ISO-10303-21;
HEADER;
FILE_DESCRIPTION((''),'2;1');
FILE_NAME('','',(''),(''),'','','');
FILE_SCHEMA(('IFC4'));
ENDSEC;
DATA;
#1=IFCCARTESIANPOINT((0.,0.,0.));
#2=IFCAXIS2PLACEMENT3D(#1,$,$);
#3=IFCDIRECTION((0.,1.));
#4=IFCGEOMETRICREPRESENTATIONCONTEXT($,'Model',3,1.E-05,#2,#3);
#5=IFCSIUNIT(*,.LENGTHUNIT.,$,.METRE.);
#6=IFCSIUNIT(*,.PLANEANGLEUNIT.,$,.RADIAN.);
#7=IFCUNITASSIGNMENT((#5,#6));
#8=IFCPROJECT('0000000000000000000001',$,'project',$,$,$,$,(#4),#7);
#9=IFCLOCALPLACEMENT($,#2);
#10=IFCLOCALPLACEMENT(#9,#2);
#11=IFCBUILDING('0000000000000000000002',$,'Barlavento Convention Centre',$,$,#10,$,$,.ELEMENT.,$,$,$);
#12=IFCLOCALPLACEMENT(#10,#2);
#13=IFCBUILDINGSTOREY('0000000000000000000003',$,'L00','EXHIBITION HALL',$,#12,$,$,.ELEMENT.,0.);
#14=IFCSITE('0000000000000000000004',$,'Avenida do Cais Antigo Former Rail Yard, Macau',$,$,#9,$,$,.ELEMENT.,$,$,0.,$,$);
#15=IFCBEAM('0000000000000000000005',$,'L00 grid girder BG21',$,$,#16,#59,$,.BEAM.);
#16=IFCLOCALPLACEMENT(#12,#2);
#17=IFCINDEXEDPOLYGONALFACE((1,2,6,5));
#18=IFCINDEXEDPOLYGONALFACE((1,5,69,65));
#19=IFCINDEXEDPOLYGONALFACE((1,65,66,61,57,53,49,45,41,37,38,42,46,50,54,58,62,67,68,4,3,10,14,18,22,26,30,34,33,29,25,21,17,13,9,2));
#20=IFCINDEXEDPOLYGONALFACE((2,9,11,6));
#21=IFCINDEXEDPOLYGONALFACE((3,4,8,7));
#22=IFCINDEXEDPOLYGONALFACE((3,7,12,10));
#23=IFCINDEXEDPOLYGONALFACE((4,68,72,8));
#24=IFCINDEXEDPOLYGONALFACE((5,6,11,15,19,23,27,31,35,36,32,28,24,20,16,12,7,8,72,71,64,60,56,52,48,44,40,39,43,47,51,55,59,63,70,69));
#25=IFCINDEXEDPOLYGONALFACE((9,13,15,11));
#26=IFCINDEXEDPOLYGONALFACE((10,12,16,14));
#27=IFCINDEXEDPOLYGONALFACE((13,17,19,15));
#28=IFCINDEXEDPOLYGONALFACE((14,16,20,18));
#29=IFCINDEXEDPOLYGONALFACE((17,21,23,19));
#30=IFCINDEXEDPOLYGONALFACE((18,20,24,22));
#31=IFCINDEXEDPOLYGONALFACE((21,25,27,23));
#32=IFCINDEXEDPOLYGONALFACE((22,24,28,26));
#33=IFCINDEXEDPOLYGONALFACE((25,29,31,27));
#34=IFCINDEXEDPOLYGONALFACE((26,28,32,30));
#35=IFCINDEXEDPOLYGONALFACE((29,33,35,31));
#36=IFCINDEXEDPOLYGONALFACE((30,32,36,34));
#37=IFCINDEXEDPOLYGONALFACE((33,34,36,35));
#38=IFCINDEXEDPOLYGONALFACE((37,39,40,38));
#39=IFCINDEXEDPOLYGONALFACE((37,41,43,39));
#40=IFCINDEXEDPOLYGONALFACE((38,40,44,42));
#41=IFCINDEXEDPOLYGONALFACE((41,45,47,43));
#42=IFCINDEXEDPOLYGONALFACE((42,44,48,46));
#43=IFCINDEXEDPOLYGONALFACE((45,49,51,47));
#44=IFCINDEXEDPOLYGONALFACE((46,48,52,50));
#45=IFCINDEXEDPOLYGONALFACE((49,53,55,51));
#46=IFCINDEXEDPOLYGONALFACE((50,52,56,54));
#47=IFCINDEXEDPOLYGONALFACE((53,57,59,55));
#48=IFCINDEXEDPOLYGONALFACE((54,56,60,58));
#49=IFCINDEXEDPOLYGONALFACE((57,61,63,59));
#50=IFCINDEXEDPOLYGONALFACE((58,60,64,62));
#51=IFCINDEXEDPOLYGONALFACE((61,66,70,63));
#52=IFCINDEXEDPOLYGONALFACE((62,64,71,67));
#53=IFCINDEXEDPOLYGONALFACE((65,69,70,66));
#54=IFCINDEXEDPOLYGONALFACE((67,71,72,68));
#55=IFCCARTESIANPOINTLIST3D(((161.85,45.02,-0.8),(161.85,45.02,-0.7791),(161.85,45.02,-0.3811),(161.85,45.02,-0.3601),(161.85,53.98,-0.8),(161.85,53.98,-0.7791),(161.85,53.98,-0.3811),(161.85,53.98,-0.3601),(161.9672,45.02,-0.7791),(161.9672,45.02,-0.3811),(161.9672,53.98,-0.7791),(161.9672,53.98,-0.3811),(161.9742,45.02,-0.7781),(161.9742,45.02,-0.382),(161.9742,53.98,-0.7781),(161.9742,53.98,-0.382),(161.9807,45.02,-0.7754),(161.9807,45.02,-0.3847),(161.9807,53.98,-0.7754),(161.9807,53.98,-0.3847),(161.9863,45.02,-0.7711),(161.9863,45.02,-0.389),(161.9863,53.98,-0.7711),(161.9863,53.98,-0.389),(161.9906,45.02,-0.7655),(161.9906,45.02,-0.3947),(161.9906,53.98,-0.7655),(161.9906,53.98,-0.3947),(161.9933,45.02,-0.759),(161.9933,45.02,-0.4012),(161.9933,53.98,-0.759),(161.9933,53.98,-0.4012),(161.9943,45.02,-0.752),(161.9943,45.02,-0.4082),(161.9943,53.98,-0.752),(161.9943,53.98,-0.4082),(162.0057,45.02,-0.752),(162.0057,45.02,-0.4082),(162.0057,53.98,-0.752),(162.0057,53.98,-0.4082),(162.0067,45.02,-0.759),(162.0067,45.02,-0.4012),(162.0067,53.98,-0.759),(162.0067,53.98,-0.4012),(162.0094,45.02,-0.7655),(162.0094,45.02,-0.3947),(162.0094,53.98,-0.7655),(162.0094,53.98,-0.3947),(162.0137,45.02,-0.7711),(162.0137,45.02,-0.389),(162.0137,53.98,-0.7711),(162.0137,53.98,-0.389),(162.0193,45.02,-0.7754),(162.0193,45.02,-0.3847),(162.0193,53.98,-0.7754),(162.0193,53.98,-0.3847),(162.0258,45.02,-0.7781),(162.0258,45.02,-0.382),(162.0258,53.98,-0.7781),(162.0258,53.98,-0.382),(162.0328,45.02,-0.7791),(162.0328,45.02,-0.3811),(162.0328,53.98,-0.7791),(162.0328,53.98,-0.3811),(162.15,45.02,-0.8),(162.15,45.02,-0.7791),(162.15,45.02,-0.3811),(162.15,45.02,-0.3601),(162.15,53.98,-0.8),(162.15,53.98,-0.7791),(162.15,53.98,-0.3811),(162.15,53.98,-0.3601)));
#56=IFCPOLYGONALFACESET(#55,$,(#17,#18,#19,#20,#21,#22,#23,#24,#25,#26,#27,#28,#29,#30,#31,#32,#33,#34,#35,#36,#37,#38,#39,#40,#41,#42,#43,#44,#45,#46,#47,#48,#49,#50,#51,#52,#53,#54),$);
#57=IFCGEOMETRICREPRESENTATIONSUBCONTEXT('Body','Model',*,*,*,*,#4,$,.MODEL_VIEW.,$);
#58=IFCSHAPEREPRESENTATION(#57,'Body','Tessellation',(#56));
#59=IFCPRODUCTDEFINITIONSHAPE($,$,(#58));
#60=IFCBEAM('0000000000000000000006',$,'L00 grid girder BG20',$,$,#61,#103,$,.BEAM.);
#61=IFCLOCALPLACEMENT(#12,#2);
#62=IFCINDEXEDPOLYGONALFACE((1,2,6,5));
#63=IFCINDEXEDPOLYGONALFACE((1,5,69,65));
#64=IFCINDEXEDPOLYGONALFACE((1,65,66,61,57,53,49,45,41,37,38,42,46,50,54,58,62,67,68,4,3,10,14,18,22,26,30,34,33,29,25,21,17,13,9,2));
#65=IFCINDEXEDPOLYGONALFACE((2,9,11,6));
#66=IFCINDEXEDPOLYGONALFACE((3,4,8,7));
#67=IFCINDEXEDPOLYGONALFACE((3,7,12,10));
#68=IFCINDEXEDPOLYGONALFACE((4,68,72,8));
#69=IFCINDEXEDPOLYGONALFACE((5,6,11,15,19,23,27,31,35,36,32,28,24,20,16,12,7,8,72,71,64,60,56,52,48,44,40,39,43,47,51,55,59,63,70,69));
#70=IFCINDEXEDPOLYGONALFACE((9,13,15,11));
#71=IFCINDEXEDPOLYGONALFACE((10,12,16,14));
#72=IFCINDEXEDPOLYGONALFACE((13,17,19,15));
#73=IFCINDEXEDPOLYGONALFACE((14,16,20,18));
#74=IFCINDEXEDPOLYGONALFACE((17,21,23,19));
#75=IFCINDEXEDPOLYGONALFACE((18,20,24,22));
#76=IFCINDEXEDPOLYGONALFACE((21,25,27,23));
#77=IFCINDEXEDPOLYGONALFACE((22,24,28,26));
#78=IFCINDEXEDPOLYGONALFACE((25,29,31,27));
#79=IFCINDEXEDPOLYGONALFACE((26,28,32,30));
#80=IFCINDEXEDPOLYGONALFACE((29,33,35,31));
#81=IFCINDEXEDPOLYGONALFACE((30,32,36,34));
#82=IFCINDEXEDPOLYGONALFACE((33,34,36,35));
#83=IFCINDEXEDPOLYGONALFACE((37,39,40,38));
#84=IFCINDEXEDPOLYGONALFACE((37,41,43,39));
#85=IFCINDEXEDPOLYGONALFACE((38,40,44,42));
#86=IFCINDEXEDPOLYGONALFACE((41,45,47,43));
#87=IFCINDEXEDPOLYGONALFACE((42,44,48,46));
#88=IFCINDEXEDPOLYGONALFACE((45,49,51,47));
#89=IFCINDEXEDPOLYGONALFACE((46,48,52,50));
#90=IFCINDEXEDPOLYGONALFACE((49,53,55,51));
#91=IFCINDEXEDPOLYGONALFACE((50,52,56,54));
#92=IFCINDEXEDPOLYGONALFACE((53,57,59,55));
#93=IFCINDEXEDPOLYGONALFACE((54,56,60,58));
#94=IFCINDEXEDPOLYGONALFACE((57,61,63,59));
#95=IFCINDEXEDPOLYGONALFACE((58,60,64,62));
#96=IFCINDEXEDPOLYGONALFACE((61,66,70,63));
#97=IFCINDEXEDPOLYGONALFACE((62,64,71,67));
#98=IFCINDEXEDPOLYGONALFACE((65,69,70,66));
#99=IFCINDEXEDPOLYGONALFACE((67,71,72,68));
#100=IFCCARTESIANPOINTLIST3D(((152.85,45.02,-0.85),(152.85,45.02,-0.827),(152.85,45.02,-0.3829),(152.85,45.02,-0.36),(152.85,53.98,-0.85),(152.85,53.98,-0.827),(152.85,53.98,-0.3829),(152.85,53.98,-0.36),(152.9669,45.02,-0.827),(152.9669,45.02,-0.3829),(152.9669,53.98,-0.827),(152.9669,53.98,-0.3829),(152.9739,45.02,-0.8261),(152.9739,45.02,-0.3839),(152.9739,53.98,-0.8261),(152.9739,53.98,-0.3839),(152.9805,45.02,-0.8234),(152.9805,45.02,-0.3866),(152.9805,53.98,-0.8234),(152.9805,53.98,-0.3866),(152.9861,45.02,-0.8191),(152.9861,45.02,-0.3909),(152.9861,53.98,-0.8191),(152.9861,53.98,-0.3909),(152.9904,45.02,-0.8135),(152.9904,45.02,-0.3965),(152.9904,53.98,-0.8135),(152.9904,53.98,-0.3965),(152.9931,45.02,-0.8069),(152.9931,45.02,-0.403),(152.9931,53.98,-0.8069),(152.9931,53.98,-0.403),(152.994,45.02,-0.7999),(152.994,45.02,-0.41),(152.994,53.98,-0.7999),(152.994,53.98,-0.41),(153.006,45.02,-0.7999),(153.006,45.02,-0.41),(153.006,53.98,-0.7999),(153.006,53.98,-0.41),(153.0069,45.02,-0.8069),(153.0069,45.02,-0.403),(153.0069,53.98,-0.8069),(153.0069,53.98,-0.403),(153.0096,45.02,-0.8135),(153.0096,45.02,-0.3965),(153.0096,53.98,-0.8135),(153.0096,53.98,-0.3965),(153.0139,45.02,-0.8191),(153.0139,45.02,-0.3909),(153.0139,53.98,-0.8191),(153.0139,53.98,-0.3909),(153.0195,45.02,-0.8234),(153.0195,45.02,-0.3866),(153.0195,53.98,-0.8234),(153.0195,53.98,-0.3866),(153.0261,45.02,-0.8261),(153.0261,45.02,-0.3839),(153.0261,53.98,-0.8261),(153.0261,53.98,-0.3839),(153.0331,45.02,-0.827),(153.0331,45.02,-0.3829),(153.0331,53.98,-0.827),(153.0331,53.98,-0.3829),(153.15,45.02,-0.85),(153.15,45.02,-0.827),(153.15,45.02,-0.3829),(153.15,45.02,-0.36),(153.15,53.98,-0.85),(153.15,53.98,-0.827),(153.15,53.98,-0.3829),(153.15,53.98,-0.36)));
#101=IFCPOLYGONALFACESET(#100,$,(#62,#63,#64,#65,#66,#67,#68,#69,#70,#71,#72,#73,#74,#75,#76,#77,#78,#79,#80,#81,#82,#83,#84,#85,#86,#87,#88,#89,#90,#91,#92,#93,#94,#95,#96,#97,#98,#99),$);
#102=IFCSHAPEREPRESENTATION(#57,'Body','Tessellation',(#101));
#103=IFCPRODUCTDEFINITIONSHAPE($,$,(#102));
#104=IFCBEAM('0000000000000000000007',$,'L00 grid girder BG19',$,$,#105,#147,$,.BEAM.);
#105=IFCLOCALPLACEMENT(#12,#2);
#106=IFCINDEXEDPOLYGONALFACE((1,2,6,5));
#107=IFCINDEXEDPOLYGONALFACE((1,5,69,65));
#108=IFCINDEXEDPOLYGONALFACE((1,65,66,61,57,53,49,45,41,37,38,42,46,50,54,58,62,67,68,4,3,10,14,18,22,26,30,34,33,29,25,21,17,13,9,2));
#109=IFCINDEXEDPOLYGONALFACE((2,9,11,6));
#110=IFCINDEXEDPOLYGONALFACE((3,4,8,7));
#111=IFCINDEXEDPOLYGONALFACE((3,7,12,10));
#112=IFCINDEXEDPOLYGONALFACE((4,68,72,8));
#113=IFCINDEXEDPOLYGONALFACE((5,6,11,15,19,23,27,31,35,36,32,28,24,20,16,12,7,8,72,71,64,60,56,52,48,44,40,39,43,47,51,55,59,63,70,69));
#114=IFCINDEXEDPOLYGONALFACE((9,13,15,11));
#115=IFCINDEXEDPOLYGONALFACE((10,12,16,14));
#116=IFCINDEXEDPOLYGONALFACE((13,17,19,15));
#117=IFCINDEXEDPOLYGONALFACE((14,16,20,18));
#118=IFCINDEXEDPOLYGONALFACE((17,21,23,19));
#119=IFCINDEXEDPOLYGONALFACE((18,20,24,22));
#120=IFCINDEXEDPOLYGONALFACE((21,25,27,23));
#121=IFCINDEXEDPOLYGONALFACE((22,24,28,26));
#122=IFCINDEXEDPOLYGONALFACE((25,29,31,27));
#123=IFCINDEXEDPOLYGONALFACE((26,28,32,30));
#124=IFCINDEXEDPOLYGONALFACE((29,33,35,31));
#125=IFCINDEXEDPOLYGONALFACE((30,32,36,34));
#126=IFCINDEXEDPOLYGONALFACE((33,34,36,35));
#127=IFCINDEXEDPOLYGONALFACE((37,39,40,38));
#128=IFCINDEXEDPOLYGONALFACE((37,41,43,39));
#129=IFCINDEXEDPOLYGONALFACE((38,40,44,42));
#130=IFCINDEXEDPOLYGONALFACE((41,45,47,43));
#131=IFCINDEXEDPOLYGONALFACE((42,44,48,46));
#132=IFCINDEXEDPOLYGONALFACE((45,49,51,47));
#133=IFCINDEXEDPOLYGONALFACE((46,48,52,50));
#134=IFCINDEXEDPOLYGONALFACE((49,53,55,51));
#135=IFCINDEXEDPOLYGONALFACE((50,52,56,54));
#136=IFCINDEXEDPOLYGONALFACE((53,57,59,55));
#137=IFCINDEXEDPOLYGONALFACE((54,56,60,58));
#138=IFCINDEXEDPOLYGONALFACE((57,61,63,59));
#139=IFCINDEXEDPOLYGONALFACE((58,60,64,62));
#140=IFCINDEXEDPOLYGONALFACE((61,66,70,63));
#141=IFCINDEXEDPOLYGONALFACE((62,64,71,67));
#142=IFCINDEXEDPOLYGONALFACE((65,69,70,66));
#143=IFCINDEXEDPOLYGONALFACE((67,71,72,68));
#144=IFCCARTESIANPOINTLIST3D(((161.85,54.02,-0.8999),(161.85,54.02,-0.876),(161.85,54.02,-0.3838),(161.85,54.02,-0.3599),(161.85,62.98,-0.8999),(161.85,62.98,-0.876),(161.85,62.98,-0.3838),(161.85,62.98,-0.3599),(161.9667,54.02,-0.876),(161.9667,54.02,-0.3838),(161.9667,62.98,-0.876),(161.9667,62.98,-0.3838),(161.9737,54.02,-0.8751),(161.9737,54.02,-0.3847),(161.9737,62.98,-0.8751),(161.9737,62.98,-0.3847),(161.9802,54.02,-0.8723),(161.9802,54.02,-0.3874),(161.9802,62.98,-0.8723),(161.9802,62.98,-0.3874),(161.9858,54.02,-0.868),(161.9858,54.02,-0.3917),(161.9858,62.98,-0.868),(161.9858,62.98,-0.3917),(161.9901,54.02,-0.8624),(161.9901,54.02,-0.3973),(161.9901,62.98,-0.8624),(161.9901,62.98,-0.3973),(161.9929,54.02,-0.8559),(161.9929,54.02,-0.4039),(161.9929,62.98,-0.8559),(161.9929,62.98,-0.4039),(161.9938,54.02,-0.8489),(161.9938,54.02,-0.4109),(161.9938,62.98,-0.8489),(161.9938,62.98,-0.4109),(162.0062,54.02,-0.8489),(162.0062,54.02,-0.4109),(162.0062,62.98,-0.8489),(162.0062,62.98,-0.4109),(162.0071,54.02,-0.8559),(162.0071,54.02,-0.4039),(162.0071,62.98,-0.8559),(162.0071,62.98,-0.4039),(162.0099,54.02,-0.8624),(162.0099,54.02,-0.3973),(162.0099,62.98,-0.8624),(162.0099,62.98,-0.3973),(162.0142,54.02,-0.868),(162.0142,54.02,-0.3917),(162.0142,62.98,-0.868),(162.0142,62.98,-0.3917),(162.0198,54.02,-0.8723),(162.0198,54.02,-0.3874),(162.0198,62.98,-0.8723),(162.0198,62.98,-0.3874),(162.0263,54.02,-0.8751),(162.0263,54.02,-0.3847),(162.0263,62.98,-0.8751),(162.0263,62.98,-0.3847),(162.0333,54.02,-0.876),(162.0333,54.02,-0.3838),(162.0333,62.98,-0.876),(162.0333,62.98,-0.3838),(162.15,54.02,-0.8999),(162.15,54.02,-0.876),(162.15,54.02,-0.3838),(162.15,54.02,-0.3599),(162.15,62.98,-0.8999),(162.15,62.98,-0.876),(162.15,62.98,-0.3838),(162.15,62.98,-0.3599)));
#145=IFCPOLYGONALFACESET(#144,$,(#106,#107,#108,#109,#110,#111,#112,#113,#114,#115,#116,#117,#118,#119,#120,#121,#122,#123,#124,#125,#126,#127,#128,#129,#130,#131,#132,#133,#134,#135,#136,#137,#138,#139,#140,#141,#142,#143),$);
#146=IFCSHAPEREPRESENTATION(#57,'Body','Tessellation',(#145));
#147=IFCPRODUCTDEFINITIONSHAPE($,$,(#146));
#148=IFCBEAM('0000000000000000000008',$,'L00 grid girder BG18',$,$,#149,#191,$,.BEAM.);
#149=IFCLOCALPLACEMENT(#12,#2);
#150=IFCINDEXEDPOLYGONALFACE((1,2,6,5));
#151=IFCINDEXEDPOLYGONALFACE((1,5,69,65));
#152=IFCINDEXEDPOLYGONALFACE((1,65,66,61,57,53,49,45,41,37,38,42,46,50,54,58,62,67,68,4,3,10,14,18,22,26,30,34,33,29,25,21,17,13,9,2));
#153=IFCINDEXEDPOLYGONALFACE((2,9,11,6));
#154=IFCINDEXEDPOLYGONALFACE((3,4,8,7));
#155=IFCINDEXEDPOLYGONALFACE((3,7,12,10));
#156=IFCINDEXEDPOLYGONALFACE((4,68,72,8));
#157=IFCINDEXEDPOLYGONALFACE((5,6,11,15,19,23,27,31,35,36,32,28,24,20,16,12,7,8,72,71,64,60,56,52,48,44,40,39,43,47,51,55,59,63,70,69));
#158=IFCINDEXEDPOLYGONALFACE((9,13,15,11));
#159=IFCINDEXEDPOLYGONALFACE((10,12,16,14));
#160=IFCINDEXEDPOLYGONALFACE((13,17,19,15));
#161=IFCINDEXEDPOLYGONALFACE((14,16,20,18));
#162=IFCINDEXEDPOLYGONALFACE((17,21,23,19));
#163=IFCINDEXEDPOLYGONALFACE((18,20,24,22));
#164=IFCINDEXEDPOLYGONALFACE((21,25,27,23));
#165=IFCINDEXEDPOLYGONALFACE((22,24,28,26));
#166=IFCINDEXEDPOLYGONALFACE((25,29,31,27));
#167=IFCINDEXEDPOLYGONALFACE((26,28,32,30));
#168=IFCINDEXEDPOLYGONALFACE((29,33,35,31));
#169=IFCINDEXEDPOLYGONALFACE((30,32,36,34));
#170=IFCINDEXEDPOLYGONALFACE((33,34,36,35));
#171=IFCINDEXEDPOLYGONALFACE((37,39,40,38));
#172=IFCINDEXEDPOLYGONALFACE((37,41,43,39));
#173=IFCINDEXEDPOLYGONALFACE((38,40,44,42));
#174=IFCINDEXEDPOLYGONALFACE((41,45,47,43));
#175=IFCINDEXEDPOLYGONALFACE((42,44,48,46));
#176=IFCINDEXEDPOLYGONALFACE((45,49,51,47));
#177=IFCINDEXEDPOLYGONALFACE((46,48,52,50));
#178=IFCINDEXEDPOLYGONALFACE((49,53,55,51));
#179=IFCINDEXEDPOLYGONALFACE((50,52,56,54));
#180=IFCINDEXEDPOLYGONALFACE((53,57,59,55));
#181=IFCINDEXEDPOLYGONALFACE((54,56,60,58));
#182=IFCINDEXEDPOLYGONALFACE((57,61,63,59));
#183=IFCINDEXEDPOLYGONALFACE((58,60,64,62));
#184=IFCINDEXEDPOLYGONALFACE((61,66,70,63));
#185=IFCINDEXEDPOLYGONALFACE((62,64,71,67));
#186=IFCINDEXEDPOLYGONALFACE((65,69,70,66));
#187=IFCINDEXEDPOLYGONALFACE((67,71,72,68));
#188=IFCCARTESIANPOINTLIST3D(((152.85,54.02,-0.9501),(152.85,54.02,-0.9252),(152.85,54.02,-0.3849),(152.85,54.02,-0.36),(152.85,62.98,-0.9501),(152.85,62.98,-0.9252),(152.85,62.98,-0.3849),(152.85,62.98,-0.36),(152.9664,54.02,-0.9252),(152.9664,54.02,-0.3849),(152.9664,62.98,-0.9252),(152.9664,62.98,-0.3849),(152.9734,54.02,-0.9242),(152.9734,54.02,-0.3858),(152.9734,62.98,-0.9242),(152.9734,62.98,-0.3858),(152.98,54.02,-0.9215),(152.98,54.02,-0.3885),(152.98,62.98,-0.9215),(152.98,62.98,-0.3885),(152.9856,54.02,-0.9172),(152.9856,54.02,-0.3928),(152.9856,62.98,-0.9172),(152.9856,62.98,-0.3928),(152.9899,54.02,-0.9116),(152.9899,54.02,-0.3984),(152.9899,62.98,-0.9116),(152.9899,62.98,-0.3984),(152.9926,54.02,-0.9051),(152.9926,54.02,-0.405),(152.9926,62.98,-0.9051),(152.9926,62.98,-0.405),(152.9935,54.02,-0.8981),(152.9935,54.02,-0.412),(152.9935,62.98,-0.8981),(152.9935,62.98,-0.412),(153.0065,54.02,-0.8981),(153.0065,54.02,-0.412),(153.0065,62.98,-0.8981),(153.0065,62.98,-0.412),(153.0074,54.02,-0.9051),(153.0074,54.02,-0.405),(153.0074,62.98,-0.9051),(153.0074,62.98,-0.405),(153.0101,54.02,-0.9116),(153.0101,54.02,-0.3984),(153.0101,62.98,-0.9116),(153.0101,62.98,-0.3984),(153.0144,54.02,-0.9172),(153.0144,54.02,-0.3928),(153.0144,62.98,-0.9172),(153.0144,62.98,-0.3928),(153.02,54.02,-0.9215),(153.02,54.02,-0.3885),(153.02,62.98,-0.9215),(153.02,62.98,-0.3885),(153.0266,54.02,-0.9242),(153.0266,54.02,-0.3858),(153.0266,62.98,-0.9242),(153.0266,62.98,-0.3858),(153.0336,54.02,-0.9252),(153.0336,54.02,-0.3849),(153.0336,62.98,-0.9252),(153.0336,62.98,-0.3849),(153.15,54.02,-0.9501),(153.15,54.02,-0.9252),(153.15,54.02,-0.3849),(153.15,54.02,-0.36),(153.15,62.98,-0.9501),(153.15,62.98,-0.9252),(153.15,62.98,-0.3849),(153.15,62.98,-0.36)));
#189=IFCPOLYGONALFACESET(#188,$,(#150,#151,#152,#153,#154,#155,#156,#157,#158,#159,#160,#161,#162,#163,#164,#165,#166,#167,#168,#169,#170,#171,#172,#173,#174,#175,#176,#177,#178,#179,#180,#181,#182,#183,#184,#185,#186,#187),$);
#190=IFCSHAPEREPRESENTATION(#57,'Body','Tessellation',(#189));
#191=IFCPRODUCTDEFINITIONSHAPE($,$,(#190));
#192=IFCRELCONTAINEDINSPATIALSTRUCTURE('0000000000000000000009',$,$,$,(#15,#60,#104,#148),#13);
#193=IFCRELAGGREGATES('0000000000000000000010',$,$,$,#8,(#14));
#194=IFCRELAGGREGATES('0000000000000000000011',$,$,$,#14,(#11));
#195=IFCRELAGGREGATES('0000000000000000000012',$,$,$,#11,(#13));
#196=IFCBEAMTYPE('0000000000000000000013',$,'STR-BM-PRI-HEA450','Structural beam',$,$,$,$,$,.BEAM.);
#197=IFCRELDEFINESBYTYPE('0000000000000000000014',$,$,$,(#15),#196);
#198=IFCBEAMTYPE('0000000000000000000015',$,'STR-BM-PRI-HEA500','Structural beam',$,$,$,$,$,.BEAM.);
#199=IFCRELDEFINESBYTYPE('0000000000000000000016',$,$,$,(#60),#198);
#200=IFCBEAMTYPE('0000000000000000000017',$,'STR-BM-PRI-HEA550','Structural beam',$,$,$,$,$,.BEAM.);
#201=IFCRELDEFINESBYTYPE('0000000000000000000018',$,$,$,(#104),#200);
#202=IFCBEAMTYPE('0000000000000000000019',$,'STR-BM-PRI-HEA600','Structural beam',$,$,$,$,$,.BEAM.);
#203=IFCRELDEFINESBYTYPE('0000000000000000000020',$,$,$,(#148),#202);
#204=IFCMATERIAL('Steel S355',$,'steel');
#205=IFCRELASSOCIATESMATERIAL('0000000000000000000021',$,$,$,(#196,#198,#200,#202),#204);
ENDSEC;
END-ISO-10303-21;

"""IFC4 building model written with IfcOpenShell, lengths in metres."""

from ifc_helpers import new_model, si_unit, direction, frame, origin, origin_2d, place, context, subcontext, project, spatial, i_section, extrude, material, material_profile, profile_set, type_object, element, save


model = new_model("IFC4")

# Units and contexts
model_context = context("Model", 3, precision=1e-05, world=origin(), true_north=direction((0.0, 1.0)))
body_context = subcontext(model_context, "Body", "Model", "MODEL_VIEW")
ifc_project = project(units=[si_unit("LENGTHUNIT", "METRE"), si_unit("PLANEANGLEUNIT", "RADIAN")], contexts=[model_context])

# Site, building, storey
site_placement = place(None, origin())
site = spatial("IfcSite", under=ifc_project, at=site_placement, Name="Avenida do Cais Antigo Former Rail Yard, Macau", CompositionType="ELEMENT", RefElevation=0.0)
building_placement = place(site_placement, origin())
building = spatial("IfcBuilding", under=site, at=building_placement, Name="Barlavento Convention Centre", CompositionType="ELEMENT")
storey_placement = place(building_placement, origin())
storey = spatial("IfcBuildingStorey", under=building, at=storey_placement, Name="L00", Description="EXHIBITION HALL", CompositionType="ELEMENT", Elevation=0.0)

# Beams
ifc_material_1 = material(Name="Steel S355", Category="steel")
ifc_material_profile_1 = material_profile(ifc_material_1, i_section(OverallWidth=0.3, OverallDepth=0.4399, WebThickness=0.0115, FlangeThickness=0.021, FilletRadius=0.0271, at=origin_2d()), Name="HEA 450")
ifc_profile_set_1 = profile_set([ifc_material_profile_1], Name="Steel S355")
beam_type_1 = type_object("IfcBeamType", Name="STR-BM-PRI-HEA450", Description="Structural beam", PredefinedType="BEAM", material=ifc_profile_set_1)
beam_1_placement = place(storey_placement, frame((162.0, 45.02, -0.5801), z_axis=(0.0, 1.0, 0.0), x_axis=(-1.0, 0.0, 0.0)))
element("IfcBeam", 1, at=beam_1_placement, inside=storey, type_object=beam_type_1, Name="L00 grid girder BG21", PredefinedType="BEAM", context=body_context, shape_type="SweptSolid", body=[
    extrude(i_section(OverallWidth=0.3, OverallDepth=0.4399, WebThickness=0.0115, FlangeThickness=0.021, FilletRadius=0.0271, at=origin_2d()), origin(), (0.0, 0.0, 1.0), 8.96),
])
ifc_material_profile_2 = material_profile(ifc_material_1, i_section(OverallWidth=0.3, OverallDepth=0.49, WebThickness=0.012, FlangeThickness=0.0229, FilletRadius=0.0271, at=origin_2d()), Name="HEA 500")
ifc_profile_set_2 = profile_set([ifc_material_profile_2], Name="Steel S355")
beam_type_2 = type_object("IfcBeamType", Name="STR-BM-PRI-HEA500", Description="Structural beam", PredefinedType="BEAM", material=ifc_profile_set_2)
beam_2_placement = place(storey_placement, frame((153.0, 45.02, -0.605), z_axis=(0.0, 1.0, 0.0), x_axis=(-1.0, 0.0, 0.0)))
element("IfcBeam", 2, at=beam_2_placement, inside=storey, type_object=beam_type_2, Name="L00 grid girder BG20", PredefinedType="BEAM", context=body_context, shape_type="SweptSolid", body=[
    extrude(i_section(OverallWidth=0.3, OverallDepth=0.49, WebThickness=0.012, FlangeThickness=0.0229, FilletRadius=0.0271, at=origin_2d()), origin(), (0.0, 0.0, 1.0), 8.96),
])
ifc_material_profile_3 = material_profile(ifc_material_1, i_section(OverallWidth=0.3, OverallDepth=0.54, WebThickness=0.0125, FlangeThickness=0.0239, FilletRadius=0.0271, at=origin_2d()), Name="HEA 550")
ifc_profile_set_3 = profile_set([ifc_material_profile_3], Name="Steel S355")
beam_type_3 = type_object("IfcBeamType", Name="STR-BM-PRI-HEA550", Description="Structural beam", PredefinedType="BEAM", material=ifc_profile_set_3)
beam_3_placement = place(storey_placement, frame((162.0, 54.02, -0.6299), z_axis=(0.0, 1.0, 0.0), x_axis=(-1.0, 0.0, 0.0)))
element("IfcBeam", 3, at=beam_3_placement, inside=storey, type_object=beam_type_3, Name="L00 grid girder BG19", PredefinedType="BEAM", context=body_context, shape_type="SweptSolid", body=[
    extrude(i_section(OverallWidth=0.3, OverallDepth=0.54, WebThickness=0.0125, FlangeThickness=0.0239, FilletRadius=0.0271, at=origin_2d()), origin(), (0.0, 0.0, 1.0), 8.96),
])
ifc_material_profile_4 = material_profile(ifc_material_1, i_section(OverallWidth=0.3, OverallDepth=0.5901, WebThickness=0.0129, FlangeThickness=0.0249, FilletRadius=0.0271, at=origin_2d()), Name="HEA 600")
ifc_profile_set_4 = profile_set([ifc_material_profile_4], Name="Steel S355")
beam_type_4 = type_object("IfcBeamType", Name="STR-BM-PRI-HEA600", Description="Structural beam", PredefinedType="BEAM", material=ifc_profile_set_4)
beam_4_placement = place(storey_placement, frame((153.0, 54.02, -0.655), z_axis=(0.0, 1.0, 0.0), x_axis=(-1.0, 0.0, 0.0)))
element("IfcBeam", 4, at=beam_4_placement, inside=storey, type_object=beam_type_4, Name="L00 grid girder BG18", PredefinedType="BEAM", context=body_context, shape_type="SweptSolid", body=[
    extrude(i_section(OverallWidth=0.3, OverallDepth=0.5901, WebThickness=0.0129, FlangeThickness=0.0249, FilletRadius=0.0271, at=origin_2d()), origin(), (0.0, 0.0, 1.0), 8.96),
])

save(model, "model.ifc")
